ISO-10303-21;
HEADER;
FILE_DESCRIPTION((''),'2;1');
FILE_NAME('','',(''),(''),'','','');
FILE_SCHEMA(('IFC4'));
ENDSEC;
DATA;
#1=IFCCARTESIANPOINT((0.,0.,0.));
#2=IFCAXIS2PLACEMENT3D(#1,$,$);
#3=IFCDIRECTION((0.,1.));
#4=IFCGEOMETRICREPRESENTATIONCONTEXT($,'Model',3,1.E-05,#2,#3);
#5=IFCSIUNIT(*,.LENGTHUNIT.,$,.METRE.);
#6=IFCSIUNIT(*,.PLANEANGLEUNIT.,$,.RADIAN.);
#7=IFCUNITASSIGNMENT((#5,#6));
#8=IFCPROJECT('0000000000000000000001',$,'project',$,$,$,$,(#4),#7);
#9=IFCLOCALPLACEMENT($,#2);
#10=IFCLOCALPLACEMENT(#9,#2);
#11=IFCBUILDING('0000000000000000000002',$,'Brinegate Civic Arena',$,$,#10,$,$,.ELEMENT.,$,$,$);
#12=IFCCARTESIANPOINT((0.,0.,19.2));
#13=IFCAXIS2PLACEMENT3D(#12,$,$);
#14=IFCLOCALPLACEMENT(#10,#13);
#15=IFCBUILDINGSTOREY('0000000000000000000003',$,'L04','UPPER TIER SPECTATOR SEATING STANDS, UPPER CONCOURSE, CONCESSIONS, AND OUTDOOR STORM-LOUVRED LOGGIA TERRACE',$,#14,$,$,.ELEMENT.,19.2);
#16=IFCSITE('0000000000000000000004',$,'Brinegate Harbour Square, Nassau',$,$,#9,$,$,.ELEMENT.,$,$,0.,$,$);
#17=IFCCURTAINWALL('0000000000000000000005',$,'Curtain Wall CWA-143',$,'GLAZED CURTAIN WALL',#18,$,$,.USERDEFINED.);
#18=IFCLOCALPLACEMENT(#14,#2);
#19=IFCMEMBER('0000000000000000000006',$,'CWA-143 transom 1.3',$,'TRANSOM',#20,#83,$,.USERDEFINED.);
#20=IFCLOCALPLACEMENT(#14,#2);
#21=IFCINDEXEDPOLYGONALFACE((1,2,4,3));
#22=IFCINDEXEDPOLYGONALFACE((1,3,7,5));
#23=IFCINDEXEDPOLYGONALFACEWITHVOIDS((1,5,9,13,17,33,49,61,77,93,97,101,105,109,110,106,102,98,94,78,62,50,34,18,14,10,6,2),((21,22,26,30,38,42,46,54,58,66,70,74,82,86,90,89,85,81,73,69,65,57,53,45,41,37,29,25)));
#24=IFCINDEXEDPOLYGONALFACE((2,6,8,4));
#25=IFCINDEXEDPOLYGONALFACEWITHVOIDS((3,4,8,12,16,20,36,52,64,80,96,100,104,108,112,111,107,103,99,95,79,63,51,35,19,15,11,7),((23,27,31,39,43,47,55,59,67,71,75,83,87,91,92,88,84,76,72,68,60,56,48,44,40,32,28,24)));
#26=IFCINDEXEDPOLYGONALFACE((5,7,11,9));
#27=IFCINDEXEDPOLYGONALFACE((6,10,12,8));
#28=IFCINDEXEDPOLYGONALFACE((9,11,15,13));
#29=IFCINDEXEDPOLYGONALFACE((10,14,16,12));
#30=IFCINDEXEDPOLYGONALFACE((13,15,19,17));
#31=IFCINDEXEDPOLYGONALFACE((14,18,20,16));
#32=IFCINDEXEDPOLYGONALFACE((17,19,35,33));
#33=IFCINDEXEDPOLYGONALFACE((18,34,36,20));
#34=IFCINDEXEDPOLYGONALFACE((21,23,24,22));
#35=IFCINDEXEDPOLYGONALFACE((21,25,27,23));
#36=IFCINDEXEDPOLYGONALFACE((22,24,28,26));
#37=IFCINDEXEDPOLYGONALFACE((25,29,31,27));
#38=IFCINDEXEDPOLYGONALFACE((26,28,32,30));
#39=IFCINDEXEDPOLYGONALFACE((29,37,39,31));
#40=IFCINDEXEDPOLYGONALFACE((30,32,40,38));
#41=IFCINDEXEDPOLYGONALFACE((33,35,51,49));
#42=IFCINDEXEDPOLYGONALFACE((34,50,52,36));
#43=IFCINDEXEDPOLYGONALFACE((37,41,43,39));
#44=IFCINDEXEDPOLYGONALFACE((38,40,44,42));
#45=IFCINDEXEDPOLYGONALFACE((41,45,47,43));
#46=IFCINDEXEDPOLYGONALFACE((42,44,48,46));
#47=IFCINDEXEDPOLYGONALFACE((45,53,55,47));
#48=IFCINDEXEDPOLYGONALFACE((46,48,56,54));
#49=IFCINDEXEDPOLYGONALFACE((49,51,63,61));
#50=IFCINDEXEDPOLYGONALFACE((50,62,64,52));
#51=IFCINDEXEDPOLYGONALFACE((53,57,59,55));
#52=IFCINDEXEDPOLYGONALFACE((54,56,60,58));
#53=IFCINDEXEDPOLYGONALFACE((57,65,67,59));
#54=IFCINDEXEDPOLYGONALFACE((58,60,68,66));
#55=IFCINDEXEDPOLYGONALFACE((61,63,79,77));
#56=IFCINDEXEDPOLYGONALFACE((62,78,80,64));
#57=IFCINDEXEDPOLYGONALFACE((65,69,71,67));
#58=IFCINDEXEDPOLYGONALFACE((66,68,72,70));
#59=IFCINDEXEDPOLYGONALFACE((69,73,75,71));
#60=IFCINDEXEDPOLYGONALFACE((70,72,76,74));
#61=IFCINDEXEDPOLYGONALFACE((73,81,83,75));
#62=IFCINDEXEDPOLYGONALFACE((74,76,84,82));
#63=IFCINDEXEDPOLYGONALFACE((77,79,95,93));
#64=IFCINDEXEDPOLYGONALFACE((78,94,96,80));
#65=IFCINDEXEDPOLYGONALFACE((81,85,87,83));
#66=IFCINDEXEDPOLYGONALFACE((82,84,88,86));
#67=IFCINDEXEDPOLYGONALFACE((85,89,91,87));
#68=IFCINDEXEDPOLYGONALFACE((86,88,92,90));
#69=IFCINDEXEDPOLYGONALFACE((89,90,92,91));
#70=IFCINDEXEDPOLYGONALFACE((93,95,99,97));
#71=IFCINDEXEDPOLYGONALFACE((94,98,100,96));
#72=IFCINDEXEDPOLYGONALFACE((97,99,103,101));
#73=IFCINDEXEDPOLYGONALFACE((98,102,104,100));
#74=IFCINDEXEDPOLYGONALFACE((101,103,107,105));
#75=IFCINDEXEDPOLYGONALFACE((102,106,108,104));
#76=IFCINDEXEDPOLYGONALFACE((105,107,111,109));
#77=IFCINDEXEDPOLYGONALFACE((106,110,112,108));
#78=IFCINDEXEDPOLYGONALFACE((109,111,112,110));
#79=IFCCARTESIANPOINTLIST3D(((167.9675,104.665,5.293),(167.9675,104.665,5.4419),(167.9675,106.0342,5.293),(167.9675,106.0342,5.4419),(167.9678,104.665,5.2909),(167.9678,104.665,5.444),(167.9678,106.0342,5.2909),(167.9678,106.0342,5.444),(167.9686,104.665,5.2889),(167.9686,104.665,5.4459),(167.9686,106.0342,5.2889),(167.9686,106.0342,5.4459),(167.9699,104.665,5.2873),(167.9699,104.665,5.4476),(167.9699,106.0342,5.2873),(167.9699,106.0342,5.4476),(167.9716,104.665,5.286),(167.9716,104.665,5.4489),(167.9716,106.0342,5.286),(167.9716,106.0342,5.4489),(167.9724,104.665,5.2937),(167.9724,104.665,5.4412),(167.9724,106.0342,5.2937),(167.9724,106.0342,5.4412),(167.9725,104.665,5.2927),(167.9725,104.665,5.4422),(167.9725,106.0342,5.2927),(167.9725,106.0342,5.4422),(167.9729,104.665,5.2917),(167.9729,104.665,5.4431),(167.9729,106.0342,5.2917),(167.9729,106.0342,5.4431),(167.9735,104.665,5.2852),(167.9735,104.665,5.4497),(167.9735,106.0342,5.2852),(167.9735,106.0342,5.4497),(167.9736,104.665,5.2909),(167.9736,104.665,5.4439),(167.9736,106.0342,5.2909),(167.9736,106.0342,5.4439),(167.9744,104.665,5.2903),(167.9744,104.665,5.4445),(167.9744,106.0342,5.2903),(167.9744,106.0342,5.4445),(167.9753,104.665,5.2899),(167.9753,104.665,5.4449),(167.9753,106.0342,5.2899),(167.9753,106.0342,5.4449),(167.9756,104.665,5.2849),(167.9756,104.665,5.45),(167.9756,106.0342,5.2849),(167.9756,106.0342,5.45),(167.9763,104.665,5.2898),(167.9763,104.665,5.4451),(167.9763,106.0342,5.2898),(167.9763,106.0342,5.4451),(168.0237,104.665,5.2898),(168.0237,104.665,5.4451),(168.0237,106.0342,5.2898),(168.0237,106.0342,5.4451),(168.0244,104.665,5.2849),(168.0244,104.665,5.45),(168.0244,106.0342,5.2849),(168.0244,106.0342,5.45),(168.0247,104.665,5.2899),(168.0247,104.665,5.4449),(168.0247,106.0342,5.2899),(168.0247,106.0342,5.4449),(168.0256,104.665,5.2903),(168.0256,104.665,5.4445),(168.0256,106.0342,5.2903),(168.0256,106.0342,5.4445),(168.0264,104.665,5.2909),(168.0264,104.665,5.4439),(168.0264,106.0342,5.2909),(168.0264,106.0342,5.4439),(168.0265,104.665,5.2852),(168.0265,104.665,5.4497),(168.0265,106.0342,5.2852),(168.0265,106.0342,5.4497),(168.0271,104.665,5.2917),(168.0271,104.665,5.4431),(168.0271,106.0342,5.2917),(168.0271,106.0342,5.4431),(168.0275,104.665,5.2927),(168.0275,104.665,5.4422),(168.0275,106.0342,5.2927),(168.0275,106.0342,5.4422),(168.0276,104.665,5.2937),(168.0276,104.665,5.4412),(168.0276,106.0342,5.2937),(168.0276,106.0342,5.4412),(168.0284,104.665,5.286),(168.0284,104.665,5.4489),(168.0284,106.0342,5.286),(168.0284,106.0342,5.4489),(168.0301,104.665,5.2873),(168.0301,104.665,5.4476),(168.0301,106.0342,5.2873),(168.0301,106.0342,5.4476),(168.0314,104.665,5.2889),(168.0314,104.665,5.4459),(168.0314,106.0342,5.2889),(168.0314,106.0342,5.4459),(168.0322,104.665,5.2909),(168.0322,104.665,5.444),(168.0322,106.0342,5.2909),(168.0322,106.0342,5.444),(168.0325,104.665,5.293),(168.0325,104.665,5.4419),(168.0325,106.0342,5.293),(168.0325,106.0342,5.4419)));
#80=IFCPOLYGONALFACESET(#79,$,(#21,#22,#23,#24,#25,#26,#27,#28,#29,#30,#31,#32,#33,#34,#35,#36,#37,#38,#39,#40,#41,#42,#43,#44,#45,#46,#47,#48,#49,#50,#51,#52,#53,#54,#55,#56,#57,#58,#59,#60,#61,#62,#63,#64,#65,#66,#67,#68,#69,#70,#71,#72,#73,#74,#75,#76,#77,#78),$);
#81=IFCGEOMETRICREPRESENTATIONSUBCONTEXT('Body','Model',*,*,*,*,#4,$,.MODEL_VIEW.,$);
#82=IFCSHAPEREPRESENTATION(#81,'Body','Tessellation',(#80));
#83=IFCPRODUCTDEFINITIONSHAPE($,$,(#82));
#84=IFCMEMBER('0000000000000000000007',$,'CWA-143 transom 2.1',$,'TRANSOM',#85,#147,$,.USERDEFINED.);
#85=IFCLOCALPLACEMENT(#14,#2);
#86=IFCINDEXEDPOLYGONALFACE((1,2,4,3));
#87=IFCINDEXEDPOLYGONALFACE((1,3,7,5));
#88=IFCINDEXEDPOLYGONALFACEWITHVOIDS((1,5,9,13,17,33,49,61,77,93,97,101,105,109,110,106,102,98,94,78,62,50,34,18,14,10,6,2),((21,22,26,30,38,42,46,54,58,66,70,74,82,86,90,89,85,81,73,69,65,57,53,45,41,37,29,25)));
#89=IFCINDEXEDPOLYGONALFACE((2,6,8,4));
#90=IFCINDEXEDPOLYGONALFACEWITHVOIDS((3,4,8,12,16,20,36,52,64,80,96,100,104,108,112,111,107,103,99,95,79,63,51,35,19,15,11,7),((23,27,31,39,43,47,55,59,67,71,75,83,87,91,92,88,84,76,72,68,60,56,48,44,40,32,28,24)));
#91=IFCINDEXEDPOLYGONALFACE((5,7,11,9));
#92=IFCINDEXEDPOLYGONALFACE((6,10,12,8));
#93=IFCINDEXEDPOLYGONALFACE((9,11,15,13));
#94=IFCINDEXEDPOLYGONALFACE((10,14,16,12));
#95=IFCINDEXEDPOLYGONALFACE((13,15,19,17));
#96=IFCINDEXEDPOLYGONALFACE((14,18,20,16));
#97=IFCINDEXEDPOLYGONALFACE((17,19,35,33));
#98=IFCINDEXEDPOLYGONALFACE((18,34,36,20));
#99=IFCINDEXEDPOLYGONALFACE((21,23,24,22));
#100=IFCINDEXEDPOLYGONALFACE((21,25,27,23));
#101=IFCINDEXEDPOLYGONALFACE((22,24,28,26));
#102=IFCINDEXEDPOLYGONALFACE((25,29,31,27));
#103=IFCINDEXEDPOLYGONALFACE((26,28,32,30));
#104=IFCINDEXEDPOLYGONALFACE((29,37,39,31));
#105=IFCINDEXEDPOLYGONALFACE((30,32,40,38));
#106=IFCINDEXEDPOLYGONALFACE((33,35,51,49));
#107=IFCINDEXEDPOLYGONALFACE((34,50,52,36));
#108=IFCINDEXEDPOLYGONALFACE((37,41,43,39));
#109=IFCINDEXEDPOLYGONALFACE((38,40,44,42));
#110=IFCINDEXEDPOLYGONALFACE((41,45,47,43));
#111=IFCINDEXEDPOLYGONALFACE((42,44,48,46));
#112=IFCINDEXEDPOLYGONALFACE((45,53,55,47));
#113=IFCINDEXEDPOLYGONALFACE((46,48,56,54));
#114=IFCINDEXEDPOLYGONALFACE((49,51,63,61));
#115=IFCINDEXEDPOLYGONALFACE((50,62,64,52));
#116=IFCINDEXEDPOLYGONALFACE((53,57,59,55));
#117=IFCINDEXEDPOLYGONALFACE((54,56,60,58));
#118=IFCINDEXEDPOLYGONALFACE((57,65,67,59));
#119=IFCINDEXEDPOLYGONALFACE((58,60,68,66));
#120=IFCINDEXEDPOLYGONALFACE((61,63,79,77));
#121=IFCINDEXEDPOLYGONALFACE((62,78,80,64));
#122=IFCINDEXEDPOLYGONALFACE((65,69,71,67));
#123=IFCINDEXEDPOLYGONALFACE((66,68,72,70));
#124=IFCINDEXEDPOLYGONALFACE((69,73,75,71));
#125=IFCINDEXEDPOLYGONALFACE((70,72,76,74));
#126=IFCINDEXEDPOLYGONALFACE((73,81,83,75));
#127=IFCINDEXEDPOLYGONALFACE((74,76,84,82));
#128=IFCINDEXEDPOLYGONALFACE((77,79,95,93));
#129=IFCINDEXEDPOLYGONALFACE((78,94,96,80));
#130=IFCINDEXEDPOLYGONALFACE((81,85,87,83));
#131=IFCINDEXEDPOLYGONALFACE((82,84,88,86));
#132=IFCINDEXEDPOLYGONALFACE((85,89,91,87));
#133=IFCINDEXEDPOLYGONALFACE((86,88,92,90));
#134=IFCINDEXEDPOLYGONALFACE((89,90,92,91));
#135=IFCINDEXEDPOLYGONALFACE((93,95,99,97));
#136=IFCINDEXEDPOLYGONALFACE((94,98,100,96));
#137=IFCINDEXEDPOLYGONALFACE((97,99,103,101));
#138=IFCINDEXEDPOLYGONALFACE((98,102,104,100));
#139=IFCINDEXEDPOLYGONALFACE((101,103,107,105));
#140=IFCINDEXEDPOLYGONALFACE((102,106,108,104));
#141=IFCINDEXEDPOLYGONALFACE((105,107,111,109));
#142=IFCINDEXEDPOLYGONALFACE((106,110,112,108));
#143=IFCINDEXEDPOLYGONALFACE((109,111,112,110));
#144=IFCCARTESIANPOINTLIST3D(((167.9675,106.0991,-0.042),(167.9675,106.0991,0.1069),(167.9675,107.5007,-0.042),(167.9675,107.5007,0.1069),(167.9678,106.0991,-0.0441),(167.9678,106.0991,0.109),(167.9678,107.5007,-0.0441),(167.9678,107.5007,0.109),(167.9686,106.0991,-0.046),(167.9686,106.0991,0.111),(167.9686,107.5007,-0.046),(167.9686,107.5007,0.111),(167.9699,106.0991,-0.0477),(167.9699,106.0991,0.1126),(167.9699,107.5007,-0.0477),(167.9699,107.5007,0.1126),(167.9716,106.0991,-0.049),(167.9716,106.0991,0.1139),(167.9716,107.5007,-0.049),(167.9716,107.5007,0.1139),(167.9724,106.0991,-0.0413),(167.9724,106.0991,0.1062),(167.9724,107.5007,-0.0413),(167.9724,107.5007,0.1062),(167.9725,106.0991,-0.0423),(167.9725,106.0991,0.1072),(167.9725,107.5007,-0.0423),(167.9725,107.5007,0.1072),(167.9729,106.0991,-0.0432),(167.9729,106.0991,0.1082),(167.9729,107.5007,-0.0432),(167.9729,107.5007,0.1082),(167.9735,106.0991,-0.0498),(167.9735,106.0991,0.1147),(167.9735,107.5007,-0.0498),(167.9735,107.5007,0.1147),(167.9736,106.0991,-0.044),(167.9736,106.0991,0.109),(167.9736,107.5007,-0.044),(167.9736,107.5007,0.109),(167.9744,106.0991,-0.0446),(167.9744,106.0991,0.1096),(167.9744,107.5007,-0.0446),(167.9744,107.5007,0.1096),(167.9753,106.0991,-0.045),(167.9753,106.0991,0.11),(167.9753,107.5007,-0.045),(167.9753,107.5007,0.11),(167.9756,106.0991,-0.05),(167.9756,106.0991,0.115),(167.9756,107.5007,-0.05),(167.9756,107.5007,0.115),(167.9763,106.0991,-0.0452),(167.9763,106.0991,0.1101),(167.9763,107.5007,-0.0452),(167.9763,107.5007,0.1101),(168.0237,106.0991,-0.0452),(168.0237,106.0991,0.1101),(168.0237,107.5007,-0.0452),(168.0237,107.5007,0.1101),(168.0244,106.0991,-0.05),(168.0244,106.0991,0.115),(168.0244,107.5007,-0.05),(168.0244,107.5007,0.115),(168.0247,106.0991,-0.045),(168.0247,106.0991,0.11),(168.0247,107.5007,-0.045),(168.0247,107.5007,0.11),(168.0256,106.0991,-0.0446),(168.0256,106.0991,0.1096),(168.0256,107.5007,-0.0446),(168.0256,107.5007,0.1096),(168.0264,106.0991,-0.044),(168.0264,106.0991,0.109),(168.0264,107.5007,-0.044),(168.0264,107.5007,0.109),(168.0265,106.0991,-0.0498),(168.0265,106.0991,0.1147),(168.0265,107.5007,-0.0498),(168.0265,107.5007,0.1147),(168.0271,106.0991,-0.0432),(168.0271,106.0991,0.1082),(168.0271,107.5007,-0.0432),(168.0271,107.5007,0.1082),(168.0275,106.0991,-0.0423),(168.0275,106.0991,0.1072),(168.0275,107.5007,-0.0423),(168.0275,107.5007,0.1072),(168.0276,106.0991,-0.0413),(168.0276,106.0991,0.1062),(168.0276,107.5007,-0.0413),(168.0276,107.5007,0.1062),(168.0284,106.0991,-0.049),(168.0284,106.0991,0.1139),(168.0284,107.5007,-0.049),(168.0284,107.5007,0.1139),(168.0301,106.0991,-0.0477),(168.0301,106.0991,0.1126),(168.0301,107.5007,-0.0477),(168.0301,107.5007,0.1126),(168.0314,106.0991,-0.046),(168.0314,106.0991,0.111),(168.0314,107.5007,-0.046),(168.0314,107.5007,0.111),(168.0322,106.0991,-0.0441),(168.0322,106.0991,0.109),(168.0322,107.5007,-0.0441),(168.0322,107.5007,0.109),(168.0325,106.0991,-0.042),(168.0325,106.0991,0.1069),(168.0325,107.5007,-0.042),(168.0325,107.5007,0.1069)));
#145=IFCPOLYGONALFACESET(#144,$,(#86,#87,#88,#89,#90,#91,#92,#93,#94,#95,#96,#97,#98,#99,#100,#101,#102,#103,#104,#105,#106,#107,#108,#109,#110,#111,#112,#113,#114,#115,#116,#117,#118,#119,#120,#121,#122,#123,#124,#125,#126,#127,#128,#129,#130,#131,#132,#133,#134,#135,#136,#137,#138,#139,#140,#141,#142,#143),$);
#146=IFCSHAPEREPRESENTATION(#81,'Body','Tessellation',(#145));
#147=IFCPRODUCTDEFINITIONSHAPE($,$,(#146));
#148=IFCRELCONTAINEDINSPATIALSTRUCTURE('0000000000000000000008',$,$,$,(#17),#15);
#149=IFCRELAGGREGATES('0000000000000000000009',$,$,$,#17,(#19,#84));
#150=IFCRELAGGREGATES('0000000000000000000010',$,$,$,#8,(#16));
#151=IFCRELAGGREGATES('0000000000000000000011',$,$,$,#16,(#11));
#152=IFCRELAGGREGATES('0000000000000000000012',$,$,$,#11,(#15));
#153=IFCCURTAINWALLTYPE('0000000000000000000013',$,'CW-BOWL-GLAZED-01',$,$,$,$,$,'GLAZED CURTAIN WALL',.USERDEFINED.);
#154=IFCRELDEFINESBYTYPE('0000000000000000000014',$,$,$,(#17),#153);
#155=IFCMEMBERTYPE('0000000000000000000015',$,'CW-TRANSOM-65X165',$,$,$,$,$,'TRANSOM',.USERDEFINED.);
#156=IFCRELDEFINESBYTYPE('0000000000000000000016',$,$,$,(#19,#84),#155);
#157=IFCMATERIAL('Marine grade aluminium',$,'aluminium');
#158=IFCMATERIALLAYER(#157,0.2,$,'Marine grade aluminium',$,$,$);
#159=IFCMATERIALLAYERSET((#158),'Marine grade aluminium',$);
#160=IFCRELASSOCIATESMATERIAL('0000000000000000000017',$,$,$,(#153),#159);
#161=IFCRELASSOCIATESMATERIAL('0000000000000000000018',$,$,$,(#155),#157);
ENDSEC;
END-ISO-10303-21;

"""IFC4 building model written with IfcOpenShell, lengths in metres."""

from ifc_helpers import new_model, si_unit, direction, frame, origin, origin_2d, place, context, subcontext, project, spatial, hollow_rectangle, extrude, material, layer, layer_set, material_profile, profile_set, type_object, element, aggregate, save


model = new_model("IFC4")

# Units and contexts
model_context = context("Model", 3, precision=1e-05, world=origin(), true_north=direction((0.0, 1.0)))
body_context = subcontext(model_context, "Body", "Model", "MODEL_VIEW")
ifc_project = project(units=[si_unit("LENGTHUNIT", "METRE"), si_unit("PLANEANGLEUNIT", "RADIAN")], contexts=[model_context])

# Site, building, storey
site_placement = place(None, origin())
site = spatial("IfcSite", under=ifc_project, at=site_placement, Name="Brinegate Harbour Square, Nassau", CompositionType="ELEMENT", RefElevation=0.0)
building_placement = place(site_placement, origin())
building = spatial("IfcBuilding", under=site, at=building_placement, Name="Brinegate Civic Arena", CompositionType="ELEMENT")
storey_placement = place(building_placement, frame((0.0, 0.0, 19.2)))
storey = spatial("IfcBuildingStorey", under=building, at=storey_placement, Name="L04", Description="UPPER TIER SPECTATOR SEATING STANDS, UPPER CONCOURSE, CONCESSIONS, AND OUTDOOR STORM-LOUVRED LOGGIA TERRACE", CompositionType="ELEMENT", Elevation=19.2)

# Shared definitions
ifc_material_1 = material(Name="Marine grade aluminium", Category="aluminium")
ifc_layer_1 = layer(ifc_material_1, 0.2, Name="Marine grade aluminium")
ifc_layer_set_1 = layer_set([ifc_layer_1], Name="Marine grade aluminium")
curtain_wall_type = type_object("IfcCurtainWallType", Name="CW-BOWL-GLAZED-01", ElementType="GLAZED CURTAIN WALL", PredefinedType="USERDEFINED", material=ifc_layer_set_1)

# Curtain wall, members
curtain_wall_1_placement = place(storey_placement, origin())
curtain_wall_1 = element("IfcCurtainWall", 1, at=curtain_wall_1_placement, inside=storey, type_object=curtain_wall_type, Name="Curtain Wall CWA-143", ObjectType="GLAZED CURTAIN WALL", PredefinedType="USERDEFINED")
ifc_material_profile_1 = material_profile(ifc_material_1, hollow_rectangle(XDim=0.0649, YDim=0.165, WallThickness=0.0049, InnerFilletRadius=0.0039, OuterFilletRadius=0.0081, at=origin_2d()), Name="TRN65X165")
ifc_profile_set_1 = profile_set([ifc_material_profile_1], Name="Marine grade aluminium")
member_type_1 = type_object("IfcMemberType", Name="CW-TRANSOM-65X165", ElementType="TRANSOM", PredefinedType="USERDEFINED", material=ifc_profile_set_1)
member_1_placement = place(storey_placement, frame((168.0, 104.665, 5.3674), z_axis=(0.0, 1.0, 0.0), x_axis=(-1.0, 0.0, 0.0)))
member_1 = element("IfcMember", 2, at=member_1_placement, type_object=member_type_1, Name="CWA-143 transom 1.3", ObjectType="TRANSOM", PredefinedType="USERDEFINED", context=body_context, shape_type="SweptSolid", body=[
    extrude(hollow_rectangle(XDim=0.0649, YDim=0.165, WallThickness=0.0049, InnerFilletRadius=0.0039, OuterFilletRadius=0.0081, at=origin_2d()), origin(), (0.0, 0.0, 1.0), 1.3691),
])
member_2_placement = place(storey_placement, frame((168.0, 106.0991, 0.0325), z_axis=(0.0, 1.0, 0.0), x_axis=(-1.0, 0.0, 0.0)))
member_2 = element("IfcMember", 3, at=member_2_placement, type_object=member_type_1, Name="CWA-143 transom 2.1", ObjectType="TRANSOM", PredefinedType="USERDEFINED", context=body_context, shape_type="SweptSolid", body=[
    extrude(hollow_rectangle(XDim=0.0649, YDim=0.165, WallThickness=0.0049, InnerFilletRadius=0.0039, OuterFilletRadius=0.0081, at=origin_2d()), origin(), (0.0, 0.0, 1.0), 1.4016),
])

aggregate(curtain_wall_1, [member_1, member_2])

save(model, "model.ifc")
